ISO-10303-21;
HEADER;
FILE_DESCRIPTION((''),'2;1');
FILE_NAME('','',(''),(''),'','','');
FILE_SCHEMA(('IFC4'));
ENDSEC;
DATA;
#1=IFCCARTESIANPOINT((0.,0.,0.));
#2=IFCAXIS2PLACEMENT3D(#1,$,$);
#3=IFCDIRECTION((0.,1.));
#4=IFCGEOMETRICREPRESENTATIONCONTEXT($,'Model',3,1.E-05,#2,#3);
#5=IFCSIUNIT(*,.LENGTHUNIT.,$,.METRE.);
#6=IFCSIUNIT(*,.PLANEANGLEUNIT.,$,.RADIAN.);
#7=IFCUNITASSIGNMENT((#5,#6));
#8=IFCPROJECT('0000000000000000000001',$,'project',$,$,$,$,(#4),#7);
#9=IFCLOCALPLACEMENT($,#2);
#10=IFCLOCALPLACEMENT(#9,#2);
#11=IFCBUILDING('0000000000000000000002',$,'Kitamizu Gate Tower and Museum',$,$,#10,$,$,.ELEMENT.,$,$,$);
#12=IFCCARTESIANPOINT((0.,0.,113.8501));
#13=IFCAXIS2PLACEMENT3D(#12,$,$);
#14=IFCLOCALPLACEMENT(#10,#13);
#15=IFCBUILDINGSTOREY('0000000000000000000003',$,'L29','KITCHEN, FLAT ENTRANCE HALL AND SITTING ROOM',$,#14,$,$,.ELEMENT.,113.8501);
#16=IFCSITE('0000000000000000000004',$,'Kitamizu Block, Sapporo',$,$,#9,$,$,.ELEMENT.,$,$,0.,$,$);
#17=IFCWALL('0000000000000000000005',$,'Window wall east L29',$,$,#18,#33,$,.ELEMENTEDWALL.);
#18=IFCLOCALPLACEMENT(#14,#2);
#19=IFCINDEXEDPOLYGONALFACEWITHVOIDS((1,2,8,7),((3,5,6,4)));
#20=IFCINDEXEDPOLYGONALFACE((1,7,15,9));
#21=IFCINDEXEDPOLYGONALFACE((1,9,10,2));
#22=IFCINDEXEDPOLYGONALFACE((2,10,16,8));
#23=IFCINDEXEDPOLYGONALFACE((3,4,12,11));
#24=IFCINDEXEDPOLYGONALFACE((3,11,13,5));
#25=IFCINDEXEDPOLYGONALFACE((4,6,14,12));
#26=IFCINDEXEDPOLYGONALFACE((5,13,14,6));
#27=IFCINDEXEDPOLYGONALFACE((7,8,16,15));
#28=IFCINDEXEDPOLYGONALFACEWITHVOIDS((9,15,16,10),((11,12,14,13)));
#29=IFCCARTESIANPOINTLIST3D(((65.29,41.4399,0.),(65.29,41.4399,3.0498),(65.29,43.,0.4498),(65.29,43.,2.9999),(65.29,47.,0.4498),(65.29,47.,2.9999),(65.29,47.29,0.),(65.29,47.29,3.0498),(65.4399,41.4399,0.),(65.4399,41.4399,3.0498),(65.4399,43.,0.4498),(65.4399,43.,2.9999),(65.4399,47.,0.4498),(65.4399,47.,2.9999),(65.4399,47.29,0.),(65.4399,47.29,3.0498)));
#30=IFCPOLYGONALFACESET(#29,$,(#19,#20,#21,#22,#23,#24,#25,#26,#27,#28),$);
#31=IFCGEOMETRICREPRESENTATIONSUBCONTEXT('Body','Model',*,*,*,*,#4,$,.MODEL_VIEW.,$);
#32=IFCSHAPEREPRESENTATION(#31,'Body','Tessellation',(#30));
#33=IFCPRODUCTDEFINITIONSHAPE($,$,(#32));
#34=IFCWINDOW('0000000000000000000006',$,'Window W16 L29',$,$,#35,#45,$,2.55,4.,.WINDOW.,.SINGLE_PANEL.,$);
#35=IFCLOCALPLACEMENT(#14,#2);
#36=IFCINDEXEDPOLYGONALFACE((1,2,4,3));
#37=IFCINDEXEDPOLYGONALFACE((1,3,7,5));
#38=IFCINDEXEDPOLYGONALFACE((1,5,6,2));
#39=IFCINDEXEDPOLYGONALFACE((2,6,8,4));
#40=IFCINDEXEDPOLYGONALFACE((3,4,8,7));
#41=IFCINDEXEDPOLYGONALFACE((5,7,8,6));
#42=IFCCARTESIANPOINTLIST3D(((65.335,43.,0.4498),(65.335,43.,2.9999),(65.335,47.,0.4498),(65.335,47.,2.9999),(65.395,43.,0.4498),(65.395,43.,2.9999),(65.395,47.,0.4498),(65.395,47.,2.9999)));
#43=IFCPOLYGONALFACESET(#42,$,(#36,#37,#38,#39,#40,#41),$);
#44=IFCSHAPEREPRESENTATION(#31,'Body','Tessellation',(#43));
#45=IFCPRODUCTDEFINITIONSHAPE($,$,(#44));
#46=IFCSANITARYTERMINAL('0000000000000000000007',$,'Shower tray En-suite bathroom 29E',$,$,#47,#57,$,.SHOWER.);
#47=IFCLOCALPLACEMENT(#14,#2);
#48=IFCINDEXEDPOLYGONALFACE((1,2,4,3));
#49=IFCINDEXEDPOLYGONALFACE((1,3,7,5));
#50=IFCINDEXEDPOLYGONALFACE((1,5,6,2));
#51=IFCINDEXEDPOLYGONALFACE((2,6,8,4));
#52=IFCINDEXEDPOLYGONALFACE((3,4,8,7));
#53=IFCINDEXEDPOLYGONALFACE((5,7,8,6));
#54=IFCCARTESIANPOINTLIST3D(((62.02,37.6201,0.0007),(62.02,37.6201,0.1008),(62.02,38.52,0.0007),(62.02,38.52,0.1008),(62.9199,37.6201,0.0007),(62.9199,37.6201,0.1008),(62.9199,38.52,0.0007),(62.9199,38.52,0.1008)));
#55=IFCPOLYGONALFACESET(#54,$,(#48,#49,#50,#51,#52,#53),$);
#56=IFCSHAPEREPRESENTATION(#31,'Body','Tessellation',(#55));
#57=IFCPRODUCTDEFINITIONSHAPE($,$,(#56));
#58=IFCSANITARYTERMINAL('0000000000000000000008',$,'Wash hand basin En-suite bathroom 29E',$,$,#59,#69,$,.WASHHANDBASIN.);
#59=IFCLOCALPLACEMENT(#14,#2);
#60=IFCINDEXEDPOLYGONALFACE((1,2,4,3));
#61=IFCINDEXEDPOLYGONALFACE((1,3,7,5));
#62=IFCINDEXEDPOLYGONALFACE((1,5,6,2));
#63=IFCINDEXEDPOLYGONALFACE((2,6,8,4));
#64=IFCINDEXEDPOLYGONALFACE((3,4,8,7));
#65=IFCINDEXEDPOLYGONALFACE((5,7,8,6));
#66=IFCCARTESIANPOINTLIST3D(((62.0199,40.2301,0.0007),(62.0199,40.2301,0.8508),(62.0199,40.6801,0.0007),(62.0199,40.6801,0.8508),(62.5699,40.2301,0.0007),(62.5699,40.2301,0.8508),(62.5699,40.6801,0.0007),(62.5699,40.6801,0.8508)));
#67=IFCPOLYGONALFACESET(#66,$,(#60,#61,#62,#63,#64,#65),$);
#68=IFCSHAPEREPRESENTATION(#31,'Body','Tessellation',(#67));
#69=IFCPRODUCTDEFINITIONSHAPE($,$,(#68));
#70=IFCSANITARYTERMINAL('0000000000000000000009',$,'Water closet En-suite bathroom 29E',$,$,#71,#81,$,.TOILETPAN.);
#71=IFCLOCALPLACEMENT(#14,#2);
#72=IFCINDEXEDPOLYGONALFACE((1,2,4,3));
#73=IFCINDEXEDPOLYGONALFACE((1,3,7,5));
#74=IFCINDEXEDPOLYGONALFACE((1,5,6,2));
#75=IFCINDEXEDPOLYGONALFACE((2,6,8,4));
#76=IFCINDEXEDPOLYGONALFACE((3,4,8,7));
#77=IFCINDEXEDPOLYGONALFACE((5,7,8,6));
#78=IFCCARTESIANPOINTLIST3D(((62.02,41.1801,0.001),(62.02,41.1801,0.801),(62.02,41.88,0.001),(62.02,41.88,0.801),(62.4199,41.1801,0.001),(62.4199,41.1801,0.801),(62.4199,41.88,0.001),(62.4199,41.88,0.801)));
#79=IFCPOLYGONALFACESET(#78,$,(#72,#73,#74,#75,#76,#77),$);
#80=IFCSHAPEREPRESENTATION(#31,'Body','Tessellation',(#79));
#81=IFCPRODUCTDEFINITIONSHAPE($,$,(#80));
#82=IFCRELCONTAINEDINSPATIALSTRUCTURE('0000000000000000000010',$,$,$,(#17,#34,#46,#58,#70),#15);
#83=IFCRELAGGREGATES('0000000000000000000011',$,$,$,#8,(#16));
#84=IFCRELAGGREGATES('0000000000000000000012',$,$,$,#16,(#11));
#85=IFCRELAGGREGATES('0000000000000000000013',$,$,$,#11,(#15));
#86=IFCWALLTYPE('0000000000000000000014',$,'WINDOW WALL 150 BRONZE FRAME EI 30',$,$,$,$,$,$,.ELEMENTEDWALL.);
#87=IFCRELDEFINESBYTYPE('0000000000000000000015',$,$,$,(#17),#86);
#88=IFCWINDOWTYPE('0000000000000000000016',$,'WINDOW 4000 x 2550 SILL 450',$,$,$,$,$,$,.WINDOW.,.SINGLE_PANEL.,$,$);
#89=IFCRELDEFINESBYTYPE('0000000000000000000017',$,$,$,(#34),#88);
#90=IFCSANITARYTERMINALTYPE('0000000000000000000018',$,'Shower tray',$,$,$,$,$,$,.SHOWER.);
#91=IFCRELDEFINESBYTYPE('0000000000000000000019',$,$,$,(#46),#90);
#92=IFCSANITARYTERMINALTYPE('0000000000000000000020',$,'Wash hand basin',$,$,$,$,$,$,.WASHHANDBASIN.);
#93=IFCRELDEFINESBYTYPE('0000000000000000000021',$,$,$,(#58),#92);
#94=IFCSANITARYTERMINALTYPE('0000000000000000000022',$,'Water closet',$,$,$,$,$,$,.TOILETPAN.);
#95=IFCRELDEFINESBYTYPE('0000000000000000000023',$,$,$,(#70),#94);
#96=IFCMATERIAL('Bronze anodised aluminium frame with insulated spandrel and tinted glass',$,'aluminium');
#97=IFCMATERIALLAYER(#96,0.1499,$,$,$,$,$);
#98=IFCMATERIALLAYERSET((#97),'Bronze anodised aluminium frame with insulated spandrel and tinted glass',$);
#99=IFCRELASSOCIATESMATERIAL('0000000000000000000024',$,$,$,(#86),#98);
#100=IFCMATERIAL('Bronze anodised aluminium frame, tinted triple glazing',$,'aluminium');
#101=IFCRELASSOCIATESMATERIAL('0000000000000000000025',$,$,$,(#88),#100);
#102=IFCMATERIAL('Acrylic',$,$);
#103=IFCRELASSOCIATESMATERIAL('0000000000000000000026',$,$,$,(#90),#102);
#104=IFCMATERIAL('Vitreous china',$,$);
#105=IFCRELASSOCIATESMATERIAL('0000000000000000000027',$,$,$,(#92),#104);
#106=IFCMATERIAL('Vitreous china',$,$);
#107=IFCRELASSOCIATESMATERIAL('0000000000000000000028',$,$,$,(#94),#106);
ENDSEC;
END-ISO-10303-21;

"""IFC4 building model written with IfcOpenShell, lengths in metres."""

from ifc_helpers import new_model, si_unit, direction, frame, frame_2d, origin, origin_2d, place, context, subcontext, project, spatial, rectangle, extrude, material, layer, layer_set, type_object, element, fill, save


model = new_model("IFC4")

# Units and contexts
model_context = context("Model", 3, precision=1e-05, world=origin(), true_north=direction((0.0, 1.0)))
body_context = subcontext(model_context, "Body", "Model", "MODEL_VIEW")
ifc_project = project(units=[si_unit("LENGTHUNIT", "METRE"), si_unit("PLANEANGLEUNIT", "RADIAN")], contexts=[model_context])

# Site, building, storey
site_placement = place(None, origin())
site = spatial("IfcSite", under=ifc_project, at=site_placement, Name="Kitamizu Block, Sapporo", CompositionType="ELEMENT", RefElevation=0.0)
building_placement = place(site_placement, origin())
building = spatial("IfcBuilding", under=site, at=building_placement, Name="Kitamizu Gate Tower and Museum", CompositionType="ELEMENT")
storey_placement = place(building_placement, frame((0.0, 0.0, 113.8501)))
storey = spatial("IfcBuildingStorey", under=building, at=storey_placement, Name="L29", Description="KITCHEN, FLAT ENTRANCE HALL AND SITTING ROOM", CompositionType="ELEMENT", Elevation=113.8501)

# Wall, opening, window
ifc_material_1 = material(Name="Bronze anodised aluminium frame with insulated spandrel and tinted glass", Category="aluminium")
ifc_layer_1 = layer(ifc_material_1, 0.1499)
ifc_layer_set_1 = layer_set([ifc_layer_1], Name="Bronze anodised aluminium frame with insulated spandrel and tinted glass")
wall_type_1 = type_object("IfcWallType", Name="WINDOW WALL 150 BRONZE FRAME EI 30", PredefinedType="ELEMENTEDWALL", material=ifc_layer_set_1)
ifc_material_2 = material(Name="Bronze anodised aluminium frame, tinted triple glazing", Category="aluminium")
window_type = type_object("IfcWindowType", Name="WINDOW 4000 x 2550 SILL 450", PartitioningType="SINGLE_PANEL", PredefinedType="WINDOW", material=ifc_material_2)
wall_1_placement = place(storey_placement, frame((65.365, 41.4399, 0.0), z_axis=(0.0, 0.0, 1.0), x_axis=(0.0, 1.0, 0.0)))
wall_1 = element("IfcWall", 1, at=wall_1_placement, inside=storey, type_object=wall_type_1, Name="Window wall east L29", PredefinedType="ELEMENTEDWALL", context=body_context, shape_type="SweptSolid", body=[
    extrude(rectangle(XDim=5.8501, YDim=0.1499, at=frame_2d((2.925, 0.0))), origin(), (0.0, 0.0, 1.0), 3.0498),
])
opening_1_placement = place(wall_1_placement, frame((1.5601, 0.0, 0.45)))
opening_1 = element("IfcOpeningElement", 2, at=opening_1_placement, cuts=wall_1, PredefinedType="OPENING", context=body_context, shape_type="SweptSolid", body=[
    extrude(rectangle(XDim=4.0, YDim=2.55, at=frame_2d((2.0, 1.2749))), frame((0.0, 0.085, 0.0), z_axis=(0.0, -1.0, 0.0), x_axis=(1.0, 0.0, 0.0)), (0.0, 0.0, 1.0), 0.1699),
])
window_1_placement = place(opening_1_placement, origin())
window_1 = element("IfcWindow", 3, at=window_1_placement, inside=storey, type_object=window_type, Name="Window W16 L29", OverallHeight=2.55, OverallWidth=4.0, PartitioningType="SINGLE_PANEL", PredefinedType="WINDOW", context=body_context, shape_type="SweptSolid", body=[
    extrude(rectangle(XDim=4.0, YDim=2.55, at=frame_2d((2.0, 1.2749))), frame((0.0, 0.03, 0.0), z_axis=(0.0, -1.0, 0.0), x_axis=(1.0, 0.0, 0.0)), (0.0, 0.0, 1.0), 0.0601),
])
fill(opening_1, window_1)

# Sanitary terminals
ifc_material_3 = material(Name="Acrylic")
sanitary_terminal_type_1 = type_object("IfcSanitaryTerminalType", Name="Shower tray", PredefinedType="SHOWER", material=ifc_material_3)
sanitary_terminal_1_placement = place(storey_placement, frame((62.47, 38.0701, 0.0007), z_axis=(0.0, 0.0, 1.0), x_axis=(1.0, 0.0, 0.0)))
element("IfcSanitaryTerminal", 4, at=sanitary_terminal_1_placement, inside=storey, type_object=sanitary_terminal_type_1, Name="Shower tray En-suite bathroom 29E", PredefinedType="SHOWER", context=body_context, shape_type="SweptSolid", body=[
    extrude(rectangle(XDim=0.8999, YDim=0.8999, at=origin_2d()), origin(), (0.0, 0.0, 1.0), 0.1001),
])
ifc_material_4 = material(Name="Vitreous china")
sanitary_terminal_type_2 = type_object("IfcSanitaryTerminalType", Name="Wash hand basin", PredefinedType="WASHHANDBASIN", material=ifc_material_4)
sanitary_terminal_2_placement = place(storey_placement, frame((62.2949, 40.4551, 0.0007), z_axis=(0.0, 0.0, 1.0), x_axis=(1.0, 0.0, 0.0)))
element("IfcSanitaryTerminal", 5, at=sanitary_terminal_2_placement, inside=storey, type_object=sanitary_terminal_type_2, Name="Wash hand basin En-suite bathroom 29E", PredefinedType="WASHHANDBASIN", context=body_context, shape_type="SweptSolid", body=[
    extrude(rectangle(XDim=0.55, YDim=0.45, at=origin_2d()), origin(), (0.0, 0.0, 1.0), 0.8501),
])
ifc_material_5 = material(Name="Vitreous china")
sanitary_terminal_type_3 = type_object("IfcSanitaryTerminalType", Name="Water closet", PredefinedType="TOILETPAN", material=ifc_material_5)
sanitary_terminal_3_placement = place(storey_placement, frame((62.22, 41.53, 0.001), z_axis=(0.0, 0.0, 1.0), x_axis=(1.0, 0.0, 0.0)))
element("IfcSanitaryTerminal", 6, at=sanitary_terminal_3_placement, inside=storey, type_object=sanitary_terminal_type_3, Name="Water closet En-suite bathroom 29E", PredefinedType="TOILETPAN", context=body_context, shape_type="SweptSolid", body=[
    extrude(rectangle(XDim=0.3999, YDim=0.7, at=origin_2d()), origin(), (0.0, 0.0, 1.0), 0.8),
])

save(model, "model.ifc")
